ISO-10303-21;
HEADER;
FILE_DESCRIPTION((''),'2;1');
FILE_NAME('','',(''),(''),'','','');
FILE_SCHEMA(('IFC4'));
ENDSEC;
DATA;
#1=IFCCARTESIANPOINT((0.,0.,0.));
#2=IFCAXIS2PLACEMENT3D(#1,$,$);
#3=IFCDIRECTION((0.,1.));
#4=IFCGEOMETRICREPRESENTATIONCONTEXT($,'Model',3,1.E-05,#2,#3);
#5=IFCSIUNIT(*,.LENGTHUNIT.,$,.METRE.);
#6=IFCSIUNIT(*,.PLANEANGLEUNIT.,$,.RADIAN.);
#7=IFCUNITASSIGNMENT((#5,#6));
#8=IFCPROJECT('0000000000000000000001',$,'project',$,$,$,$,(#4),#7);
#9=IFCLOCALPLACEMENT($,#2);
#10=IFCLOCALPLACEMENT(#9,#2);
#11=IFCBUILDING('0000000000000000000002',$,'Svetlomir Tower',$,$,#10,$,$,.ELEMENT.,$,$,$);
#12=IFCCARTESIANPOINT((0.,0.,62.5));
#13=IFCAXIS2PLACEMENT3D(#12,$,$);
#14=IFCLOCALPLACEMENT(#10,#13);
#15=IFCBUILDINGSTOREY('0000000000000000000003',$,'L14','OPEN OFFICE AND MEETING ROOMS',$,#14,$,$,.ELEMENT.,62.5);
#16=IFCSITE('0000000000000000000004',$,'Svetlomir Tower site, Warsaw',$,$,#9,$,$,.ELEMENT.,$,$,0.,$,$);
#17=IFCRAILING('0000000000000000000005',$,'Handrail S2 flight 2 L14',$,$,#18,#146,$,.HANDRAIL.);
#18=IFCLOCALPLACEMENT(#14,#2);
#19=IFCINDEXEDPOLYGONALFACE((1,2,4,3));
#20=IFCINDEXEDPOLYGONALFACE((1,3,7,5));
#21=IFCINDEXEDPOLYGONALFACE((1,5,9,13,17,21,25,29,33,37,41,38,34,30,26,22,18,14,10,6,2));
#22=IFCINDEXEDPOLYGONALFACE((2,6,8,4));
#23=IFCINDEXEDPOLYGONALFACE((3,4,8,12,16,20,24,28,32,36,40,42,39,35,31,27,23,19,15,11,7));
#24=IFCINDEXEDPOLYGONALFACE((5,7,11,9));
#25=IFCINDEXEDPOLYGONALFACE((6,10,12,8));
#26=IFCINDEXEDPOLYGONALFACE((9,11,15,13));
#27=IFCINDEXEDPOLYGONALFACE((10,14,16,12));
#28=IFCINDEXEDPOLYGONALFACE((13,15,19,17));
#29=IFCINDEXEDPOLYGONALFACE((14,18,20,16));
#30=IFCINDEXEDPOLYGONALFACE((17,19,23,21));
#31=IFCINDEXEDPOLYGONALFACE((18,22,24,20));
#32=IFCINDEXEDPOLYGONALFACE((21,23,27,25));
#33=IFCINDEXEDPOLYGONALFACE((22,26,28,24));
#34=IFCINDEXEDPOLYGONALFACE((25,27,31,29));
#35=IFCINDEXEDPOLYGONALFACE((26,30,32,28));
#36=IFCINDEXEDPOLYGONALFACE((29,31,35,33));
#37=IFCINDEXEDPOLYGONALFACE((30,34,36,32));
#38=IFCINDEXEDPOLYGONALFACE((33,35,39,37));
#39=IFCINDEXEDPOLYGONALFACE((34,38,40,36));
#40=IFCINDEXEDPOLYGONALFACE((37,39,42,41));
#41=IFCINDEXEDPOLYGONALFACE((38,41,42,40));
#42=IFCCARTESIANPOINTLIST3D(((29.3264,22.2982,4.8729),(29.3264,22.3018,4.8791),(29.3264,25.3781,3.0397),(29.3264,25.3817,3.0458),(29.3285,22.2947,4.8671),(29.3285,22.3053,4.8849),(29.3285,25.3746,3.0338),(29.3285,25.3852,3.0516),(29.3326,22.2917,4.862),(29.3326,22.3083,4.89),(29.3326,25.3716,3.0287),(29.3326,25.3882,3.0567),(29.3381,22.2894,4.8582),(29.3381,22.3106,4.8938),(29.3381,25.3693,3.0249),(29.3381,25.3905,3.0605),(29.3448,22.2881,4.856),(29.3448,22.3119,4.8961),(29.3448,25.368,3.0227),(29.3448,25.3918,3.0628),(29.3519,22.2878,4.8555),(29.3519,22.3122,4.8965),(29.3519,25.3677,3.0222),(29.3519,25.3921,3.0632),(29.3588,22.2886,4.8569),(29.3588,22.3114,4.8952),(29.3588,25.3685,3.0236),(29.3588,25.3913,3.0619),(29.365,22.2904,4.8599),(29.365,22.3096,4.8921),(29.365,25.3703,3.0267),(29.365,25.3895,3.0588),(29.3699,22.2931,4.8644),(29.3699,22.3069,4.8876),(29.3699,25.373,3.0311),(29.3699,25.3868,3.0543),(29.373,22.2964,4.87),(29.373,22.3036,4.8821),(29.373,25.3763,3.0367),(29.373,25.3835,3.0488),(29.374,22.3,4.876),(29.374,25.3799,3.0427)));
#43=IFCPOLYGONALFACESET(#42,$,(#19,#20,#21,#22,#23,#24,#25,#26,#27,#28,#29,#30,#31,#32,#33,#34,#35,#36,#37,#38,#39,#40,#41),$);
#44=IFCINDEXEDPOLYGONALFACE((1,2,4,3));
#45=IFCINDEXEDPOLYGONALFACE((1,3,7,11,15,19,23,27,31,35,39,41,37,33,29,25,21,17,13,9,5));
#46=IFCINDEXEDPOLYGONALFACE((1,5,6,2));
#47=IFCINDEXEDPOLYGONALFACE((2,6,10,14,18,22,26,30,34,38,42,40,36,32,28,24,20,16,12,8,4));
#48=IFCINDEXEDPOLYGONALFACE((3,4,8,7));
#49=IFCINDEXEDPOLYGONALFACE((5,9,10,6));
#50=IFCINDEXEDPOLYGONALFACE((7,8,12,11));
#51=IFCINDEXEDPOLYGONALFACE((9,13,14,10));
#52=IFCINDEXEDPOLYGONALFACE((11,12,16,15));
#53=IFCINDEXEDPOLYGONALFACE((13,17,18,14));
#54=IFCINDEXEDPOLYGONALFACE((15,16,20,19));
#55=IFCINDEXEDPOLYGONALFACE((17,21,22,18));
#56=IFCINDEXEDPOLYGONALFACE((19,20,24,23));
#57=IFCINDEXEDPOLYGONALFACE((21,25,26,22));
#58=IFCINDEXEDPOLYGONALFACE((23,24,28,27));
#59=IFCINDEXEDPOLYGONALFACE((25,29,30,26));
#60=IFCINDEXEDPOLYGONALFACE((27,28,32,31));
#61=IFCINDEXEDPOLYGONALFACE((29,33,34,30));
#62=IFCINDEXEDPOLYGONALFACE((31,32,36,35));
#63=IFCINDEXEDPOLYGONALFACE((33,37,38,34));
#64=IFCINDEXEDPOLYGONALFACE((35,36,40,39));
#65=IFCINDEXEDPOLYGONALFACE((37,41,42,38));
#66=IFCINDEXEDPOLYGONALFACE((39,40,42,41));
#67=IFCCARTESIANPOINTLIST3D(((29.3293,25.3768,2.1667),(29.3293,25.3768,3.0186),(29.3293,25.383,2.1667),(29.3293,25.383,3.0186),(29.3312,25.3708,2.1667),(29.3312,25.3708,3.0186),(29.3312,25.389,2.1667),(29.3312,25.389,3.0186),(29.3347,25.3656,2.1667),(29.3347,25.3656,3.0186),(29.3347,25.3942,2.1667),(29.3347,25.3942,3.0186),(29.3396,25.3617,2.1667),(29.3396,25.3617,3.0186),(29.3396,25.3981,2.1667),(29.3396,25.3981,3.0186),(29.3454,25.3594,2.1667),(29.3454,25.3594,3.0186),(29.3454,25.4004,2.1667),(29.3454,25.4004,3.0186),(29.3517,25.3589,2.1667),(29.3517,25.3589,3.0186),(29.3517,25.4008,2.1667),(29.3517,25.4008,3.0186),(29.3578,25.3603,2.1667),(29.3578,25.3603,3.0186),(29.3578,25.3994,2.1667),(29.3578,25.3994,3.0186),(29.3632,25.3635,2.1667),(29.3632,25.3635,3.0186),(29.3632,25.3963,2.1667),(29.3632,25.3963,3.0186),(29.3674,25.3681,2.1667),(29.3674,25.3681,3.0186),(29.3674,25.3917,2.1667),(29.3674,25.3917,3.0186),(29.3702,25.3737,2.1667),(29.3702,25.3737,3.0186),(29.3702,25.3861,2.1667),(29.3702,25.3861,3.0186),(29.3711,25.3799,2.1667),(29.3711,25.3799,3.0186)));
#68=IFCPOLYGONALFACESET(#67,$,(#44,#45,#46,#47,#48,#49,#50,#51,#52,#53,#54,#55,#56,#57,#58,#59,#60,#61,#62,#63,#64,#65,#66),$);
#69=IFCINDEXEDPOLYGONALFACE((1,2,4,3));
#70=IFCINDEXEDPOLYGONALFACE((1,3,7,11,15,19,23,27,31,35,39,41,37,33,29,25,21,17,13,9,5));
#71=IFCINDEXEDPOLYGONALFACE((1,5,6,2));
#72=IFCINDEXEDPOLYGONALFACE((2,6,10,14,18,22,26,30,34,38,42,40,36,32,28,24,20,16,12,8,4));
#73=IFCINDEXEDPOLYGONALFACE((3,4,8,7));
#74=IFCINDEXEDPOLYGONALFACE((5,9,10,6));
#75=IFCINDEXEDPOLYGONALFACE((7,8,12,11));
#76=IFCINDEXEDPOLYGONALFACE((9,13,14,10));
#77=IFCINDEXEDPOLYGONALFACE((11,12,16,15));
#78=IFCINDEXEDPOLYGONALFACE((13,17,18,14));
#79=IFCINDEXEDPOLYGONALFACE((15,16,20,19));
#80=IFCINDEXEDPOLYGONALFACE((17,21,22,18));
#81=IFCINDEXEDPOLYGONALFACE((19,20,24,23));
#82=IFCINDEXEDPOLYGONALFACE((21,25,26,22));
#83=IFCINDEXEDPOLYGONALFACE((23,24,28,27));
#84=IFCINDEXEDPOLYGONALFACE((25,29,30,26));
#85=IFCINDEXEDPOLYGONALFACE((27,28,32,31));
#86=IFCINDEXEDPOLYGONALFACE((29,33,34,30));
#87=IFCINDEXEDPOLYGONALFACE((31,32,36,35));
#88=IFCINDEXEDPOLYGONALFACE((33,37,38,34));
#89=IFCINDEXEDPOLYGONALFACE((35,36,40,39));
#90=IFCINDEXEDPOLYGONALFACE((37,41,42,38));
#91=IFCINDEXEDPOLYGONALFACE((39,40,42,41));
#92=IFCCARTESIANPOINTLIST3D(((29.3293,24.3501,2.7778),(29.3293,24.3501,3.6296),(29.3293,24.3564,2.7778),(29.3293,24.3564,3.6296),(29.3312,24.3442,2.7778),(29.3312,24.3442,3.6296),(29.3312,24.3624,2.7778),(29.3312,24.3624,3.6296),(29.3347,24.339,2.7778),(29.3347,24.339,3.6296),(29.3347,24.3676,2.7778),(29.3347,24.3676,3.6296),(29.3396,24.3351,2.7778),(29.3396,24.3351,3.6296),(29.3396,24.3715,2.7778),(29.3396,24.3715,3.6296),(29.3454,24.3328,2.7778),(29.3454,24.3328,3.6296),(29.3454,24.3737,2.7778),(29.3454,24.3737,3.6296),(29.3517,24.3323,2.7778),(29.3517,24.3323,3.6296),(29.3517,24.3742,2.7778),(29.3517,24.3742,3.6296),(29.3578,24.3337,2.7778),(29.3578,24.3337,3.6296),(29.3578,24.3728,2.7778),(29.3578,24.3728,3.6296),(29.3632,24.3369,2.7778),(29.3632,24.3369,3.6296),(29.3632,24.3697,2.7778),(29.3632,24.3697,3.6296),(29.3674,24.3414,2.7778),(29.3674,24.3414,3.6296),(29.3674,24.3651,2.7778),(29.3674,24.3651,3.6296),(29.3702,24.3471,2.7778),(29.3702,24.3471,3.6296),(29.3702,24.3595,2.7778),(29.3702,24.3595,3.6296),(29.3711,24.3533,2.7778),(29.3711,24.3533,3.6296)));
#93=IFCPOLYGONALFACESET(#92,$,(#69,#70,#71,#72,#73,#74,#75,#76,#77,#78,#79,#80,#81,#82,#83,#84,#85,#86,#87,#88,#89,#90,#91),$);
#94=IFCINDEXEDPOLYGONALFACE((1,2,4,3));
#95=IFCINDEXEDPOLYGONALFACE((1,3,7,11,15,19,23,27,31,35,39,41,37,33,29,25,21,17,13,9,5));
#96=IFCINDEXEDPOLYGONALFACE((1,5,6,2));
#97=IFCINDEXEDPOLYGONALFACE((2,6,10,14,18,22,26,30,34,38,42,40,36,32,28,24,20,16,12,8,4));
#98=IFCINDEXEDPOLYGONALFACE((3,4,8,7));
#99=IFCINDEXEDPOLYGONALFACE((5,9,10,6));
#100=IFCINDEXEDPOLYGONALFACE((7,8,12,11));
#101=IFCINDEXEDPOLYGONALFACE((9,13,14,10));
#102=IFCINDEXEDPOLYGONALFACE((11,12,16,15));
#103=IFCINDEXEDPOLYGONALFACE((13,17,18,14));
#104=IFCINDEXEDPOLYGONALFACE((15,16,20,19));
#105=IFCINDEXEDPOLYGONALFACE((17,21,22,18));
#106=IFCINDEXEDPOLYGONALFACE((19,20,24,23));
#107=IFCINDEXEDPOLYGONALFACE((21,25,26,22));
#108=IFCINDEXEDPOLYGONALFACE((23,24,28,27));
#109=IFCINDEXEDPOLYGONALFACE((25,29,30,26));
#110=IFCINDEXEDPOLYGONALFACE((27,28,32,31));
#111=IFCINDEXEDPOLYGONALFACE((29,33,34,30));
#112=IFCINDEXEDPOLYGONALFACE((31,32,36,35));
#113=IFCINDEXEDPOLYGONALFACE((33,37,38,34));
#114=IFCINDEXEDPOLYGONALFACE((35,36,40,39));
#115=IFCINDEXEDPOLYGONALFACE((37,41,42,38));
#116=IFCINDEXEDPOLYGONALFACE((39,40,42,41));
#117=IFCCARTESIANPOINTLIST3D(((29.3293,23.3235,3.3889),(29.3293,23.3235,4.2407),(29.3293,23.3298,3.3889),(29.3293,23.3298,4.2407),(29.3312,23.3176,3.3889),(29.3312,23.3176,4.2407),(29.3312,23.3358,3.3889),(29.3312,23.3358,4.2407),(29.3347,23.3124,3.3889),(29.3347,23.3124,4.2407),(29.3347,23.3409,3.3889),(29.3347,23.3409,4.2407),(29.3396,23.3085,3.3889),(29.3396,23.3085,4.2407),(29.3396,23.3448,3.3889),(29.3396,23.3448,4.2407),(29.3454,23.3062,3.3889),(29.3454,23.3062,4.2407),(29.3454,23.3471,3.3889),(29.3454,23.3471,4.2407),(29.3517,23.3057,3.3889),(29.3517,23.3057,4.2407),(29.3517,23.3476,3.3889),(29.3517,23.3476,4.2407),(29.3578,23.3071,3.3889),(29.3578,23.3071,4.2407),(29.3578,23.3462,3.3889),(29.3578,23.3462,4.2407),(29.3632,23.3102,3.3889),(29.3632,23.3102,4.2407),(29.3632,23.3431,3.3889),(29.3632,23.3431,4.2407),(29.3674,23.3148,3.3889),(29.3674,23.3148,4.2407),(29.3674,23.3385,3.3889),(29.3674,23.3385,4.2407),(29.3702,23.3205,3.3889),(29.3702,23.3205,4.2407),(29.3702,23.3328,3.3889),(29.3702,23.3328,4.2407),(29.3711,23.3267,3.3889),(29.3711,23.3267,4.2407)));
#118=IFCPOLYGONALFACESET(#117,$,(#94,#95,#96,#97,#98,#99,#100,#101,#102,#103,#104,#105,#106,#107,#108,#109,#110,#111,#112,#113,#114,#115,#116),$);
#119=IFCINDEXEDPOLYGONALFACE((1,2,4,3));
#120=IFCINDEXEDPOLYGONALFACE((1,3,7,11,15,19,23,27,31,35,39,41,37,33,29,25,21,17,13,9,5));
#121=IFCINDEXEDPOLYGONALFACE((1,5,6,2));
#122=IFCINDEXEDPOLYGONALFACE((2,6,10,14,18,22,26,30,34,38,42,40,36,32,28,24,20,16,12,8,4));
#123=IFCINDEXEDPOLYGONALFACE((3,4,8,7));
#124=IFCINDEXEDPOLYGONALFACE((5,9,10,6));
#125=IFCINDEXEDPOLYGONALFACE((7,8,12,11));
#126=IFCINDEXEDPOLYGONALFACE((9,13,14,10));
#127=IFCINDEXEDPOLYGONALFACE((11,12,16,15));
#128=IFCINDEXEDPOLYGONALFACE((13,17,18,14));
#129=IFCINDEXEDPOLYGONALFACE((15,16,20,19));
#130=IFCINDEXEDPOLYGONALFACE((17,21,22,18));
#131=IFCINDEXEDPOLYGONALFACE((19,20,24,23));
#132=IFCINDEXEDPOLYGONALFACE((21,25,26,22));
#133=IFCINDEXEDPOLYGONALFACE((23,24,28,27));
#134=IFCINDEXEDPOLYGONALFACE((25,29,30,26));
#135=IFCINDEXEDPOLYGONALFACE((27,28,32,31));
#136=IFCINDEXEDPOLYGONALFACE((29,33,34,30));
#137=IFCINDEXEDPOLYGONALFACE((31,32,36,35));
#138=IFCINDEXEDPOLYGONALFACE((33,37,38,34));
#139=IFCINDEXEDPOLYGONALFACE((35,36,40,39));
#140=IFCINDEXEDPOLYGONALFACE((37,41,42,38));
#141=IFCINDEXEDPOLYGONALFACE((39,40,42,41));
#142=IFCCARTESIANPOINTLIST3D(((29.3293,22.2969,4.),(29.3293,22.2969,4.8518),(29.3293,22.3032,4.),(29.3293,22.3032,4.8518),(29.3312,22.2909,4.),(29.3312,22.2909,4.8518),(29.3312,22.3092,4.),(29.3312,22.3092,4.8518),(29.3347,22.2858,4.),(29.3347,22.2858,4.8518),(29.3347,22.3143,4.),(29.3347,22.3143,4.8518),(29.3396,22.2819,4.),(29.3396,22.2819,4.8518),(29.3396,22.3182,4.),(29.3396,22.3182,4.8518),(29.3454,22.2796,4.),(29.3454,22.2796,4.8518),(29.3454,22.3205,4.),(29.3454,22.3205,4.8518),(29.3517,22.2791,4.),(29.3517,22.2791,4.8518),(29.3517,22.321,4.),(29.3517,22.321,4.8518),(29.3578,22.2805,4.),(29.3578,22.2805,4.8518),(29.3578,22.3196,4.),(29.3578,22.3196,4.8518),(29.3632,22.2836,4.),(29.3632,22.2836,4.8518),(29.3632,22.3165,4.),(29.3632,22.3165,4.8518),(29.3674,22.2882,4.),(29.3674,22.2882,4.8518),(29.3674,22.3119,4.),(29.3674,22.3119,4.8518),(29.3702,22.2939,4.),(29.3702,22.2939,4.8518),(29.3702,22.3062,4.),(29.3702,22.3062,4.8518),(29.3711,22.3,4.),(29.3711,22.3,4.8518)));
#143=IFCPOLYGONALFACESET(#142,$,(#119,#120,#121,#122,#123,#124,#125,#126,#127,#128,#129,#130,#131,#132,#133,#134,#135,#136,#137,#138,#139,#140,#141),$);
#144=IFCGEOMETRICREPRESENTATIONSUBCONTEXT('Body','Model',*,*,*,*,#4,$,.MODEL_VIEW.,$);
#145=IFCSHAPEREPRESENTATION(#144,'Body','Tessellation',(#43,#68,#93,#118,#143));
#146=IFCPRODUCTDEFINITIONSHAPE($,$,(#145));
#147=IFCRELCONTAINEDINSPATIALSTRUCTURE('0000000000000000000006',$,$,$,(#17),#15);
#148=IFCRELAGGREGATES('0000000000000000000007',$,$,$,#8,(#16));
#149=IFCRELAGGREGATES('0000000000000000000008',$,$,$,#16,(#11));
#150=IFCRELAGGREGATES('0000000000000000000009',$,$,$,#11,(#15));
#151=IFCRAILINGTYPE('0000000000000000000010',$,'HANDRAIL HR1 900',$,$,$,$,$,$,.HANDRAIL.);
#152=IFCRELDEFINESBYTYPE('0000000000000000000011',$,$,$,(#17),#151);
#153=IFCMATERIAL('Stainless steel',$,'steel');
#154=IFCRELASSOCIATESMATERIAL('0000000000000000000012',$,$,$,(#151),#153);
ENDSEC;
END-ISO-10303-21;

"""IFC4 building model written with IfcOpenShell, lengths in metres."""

from ifc_helpers import new_model, si_unit, direction, frame, origin, origin_2d, place, context, subcontext, project, spatial, circle, extrude, material, type_object, element, save


model = new_model("IFC4")

# Units and contexts
model_context = context("Model", 3, precision=1e-05, world=origin(), true_north=direction((0.0, 1.0)))
body_context = subcontext(model_context, "Body", "Model", "MODEL_VIEW")
ifc_project = project(units=[si_unit("LENGTHUNIT", "METRE"), si_unit("PLANEANGLEUNIT", "RADIAN")], contexts=[model_context])

# Site, building, storey
site_placement = place(None, origin())
site = spatial("IfcSite", under=ifc_project, at=site_placement, Name="Svetlomir Tower site, Warsaw", CompositionType="ELEMENT", RefElevation=0.0)
building_placement = place(site_placement, origin())
building = spatial("IfcBuilding", under=site, at=building_placement, Name="Svetlomir Tower", CompositionType="ELEMENT")
storey_placement = place(building_placement, frame((0.0, 0.0, 62.5)))
storey = spatial("IfcBuildingStorey", under=building, at=storey_placement, Name="L14", Description="OPEN OFFICE AND MEETING ROOMS", CompositionType="ELEMENT", Elevation=62.5)

# Railing
ifc_material_1 = material(Name="Stainless steel", Category="steel")
railing_type = type_object("IfcRailingType", Name="HANDRAIL HR1 900", PredefinedType="HANDRAIL", material=ifc_material_1)
railing_1_placement = place(storey_placement, frame((29.3501, 25.3799, 2.1667)))
element("IfcRailing", 1, at=railing_1_placement, inside=storey, type_object=railing_type, Name="Handrail S2 flight 2 L14", PredefinedType="HANDRAIL", context=body_context, shape_type="SweptSolid", body=[
    extrude(circle(Radius=0.0239, at=origin_2d()), frame((0.0, 0.0, 0.876), z_axis=(0.0, -0.859291, 0.511487), x_axis=(1.0, 0.0, 0.0)), (0.0, 0.0, 1.0), 3.5842),
    extrude(circle(Radius=0.021, at=origin_2d()), origin(), (0.0, 0.0, 1.0), 0.8518),
    extrude(circle(Radius=0.021, at=origin_2d()), frame((0.0, -1.0266, 0.6111)), (0.0, 0.0, 1.0), 0.8518),
    extrude(circle(Radius=0.021, at=origin_2d()), frame((0.0, -2.0532, 1.2222)), (0.0, 0.0, 1.0), 0.8518),
    extrude(circle(Radius=0.021, at=origin_2d()), frame((0.0, -3.0798, 1.8333)), (0.0, 0.0, 1.0), 0.8518),
])

save(model, "model.ifc")
